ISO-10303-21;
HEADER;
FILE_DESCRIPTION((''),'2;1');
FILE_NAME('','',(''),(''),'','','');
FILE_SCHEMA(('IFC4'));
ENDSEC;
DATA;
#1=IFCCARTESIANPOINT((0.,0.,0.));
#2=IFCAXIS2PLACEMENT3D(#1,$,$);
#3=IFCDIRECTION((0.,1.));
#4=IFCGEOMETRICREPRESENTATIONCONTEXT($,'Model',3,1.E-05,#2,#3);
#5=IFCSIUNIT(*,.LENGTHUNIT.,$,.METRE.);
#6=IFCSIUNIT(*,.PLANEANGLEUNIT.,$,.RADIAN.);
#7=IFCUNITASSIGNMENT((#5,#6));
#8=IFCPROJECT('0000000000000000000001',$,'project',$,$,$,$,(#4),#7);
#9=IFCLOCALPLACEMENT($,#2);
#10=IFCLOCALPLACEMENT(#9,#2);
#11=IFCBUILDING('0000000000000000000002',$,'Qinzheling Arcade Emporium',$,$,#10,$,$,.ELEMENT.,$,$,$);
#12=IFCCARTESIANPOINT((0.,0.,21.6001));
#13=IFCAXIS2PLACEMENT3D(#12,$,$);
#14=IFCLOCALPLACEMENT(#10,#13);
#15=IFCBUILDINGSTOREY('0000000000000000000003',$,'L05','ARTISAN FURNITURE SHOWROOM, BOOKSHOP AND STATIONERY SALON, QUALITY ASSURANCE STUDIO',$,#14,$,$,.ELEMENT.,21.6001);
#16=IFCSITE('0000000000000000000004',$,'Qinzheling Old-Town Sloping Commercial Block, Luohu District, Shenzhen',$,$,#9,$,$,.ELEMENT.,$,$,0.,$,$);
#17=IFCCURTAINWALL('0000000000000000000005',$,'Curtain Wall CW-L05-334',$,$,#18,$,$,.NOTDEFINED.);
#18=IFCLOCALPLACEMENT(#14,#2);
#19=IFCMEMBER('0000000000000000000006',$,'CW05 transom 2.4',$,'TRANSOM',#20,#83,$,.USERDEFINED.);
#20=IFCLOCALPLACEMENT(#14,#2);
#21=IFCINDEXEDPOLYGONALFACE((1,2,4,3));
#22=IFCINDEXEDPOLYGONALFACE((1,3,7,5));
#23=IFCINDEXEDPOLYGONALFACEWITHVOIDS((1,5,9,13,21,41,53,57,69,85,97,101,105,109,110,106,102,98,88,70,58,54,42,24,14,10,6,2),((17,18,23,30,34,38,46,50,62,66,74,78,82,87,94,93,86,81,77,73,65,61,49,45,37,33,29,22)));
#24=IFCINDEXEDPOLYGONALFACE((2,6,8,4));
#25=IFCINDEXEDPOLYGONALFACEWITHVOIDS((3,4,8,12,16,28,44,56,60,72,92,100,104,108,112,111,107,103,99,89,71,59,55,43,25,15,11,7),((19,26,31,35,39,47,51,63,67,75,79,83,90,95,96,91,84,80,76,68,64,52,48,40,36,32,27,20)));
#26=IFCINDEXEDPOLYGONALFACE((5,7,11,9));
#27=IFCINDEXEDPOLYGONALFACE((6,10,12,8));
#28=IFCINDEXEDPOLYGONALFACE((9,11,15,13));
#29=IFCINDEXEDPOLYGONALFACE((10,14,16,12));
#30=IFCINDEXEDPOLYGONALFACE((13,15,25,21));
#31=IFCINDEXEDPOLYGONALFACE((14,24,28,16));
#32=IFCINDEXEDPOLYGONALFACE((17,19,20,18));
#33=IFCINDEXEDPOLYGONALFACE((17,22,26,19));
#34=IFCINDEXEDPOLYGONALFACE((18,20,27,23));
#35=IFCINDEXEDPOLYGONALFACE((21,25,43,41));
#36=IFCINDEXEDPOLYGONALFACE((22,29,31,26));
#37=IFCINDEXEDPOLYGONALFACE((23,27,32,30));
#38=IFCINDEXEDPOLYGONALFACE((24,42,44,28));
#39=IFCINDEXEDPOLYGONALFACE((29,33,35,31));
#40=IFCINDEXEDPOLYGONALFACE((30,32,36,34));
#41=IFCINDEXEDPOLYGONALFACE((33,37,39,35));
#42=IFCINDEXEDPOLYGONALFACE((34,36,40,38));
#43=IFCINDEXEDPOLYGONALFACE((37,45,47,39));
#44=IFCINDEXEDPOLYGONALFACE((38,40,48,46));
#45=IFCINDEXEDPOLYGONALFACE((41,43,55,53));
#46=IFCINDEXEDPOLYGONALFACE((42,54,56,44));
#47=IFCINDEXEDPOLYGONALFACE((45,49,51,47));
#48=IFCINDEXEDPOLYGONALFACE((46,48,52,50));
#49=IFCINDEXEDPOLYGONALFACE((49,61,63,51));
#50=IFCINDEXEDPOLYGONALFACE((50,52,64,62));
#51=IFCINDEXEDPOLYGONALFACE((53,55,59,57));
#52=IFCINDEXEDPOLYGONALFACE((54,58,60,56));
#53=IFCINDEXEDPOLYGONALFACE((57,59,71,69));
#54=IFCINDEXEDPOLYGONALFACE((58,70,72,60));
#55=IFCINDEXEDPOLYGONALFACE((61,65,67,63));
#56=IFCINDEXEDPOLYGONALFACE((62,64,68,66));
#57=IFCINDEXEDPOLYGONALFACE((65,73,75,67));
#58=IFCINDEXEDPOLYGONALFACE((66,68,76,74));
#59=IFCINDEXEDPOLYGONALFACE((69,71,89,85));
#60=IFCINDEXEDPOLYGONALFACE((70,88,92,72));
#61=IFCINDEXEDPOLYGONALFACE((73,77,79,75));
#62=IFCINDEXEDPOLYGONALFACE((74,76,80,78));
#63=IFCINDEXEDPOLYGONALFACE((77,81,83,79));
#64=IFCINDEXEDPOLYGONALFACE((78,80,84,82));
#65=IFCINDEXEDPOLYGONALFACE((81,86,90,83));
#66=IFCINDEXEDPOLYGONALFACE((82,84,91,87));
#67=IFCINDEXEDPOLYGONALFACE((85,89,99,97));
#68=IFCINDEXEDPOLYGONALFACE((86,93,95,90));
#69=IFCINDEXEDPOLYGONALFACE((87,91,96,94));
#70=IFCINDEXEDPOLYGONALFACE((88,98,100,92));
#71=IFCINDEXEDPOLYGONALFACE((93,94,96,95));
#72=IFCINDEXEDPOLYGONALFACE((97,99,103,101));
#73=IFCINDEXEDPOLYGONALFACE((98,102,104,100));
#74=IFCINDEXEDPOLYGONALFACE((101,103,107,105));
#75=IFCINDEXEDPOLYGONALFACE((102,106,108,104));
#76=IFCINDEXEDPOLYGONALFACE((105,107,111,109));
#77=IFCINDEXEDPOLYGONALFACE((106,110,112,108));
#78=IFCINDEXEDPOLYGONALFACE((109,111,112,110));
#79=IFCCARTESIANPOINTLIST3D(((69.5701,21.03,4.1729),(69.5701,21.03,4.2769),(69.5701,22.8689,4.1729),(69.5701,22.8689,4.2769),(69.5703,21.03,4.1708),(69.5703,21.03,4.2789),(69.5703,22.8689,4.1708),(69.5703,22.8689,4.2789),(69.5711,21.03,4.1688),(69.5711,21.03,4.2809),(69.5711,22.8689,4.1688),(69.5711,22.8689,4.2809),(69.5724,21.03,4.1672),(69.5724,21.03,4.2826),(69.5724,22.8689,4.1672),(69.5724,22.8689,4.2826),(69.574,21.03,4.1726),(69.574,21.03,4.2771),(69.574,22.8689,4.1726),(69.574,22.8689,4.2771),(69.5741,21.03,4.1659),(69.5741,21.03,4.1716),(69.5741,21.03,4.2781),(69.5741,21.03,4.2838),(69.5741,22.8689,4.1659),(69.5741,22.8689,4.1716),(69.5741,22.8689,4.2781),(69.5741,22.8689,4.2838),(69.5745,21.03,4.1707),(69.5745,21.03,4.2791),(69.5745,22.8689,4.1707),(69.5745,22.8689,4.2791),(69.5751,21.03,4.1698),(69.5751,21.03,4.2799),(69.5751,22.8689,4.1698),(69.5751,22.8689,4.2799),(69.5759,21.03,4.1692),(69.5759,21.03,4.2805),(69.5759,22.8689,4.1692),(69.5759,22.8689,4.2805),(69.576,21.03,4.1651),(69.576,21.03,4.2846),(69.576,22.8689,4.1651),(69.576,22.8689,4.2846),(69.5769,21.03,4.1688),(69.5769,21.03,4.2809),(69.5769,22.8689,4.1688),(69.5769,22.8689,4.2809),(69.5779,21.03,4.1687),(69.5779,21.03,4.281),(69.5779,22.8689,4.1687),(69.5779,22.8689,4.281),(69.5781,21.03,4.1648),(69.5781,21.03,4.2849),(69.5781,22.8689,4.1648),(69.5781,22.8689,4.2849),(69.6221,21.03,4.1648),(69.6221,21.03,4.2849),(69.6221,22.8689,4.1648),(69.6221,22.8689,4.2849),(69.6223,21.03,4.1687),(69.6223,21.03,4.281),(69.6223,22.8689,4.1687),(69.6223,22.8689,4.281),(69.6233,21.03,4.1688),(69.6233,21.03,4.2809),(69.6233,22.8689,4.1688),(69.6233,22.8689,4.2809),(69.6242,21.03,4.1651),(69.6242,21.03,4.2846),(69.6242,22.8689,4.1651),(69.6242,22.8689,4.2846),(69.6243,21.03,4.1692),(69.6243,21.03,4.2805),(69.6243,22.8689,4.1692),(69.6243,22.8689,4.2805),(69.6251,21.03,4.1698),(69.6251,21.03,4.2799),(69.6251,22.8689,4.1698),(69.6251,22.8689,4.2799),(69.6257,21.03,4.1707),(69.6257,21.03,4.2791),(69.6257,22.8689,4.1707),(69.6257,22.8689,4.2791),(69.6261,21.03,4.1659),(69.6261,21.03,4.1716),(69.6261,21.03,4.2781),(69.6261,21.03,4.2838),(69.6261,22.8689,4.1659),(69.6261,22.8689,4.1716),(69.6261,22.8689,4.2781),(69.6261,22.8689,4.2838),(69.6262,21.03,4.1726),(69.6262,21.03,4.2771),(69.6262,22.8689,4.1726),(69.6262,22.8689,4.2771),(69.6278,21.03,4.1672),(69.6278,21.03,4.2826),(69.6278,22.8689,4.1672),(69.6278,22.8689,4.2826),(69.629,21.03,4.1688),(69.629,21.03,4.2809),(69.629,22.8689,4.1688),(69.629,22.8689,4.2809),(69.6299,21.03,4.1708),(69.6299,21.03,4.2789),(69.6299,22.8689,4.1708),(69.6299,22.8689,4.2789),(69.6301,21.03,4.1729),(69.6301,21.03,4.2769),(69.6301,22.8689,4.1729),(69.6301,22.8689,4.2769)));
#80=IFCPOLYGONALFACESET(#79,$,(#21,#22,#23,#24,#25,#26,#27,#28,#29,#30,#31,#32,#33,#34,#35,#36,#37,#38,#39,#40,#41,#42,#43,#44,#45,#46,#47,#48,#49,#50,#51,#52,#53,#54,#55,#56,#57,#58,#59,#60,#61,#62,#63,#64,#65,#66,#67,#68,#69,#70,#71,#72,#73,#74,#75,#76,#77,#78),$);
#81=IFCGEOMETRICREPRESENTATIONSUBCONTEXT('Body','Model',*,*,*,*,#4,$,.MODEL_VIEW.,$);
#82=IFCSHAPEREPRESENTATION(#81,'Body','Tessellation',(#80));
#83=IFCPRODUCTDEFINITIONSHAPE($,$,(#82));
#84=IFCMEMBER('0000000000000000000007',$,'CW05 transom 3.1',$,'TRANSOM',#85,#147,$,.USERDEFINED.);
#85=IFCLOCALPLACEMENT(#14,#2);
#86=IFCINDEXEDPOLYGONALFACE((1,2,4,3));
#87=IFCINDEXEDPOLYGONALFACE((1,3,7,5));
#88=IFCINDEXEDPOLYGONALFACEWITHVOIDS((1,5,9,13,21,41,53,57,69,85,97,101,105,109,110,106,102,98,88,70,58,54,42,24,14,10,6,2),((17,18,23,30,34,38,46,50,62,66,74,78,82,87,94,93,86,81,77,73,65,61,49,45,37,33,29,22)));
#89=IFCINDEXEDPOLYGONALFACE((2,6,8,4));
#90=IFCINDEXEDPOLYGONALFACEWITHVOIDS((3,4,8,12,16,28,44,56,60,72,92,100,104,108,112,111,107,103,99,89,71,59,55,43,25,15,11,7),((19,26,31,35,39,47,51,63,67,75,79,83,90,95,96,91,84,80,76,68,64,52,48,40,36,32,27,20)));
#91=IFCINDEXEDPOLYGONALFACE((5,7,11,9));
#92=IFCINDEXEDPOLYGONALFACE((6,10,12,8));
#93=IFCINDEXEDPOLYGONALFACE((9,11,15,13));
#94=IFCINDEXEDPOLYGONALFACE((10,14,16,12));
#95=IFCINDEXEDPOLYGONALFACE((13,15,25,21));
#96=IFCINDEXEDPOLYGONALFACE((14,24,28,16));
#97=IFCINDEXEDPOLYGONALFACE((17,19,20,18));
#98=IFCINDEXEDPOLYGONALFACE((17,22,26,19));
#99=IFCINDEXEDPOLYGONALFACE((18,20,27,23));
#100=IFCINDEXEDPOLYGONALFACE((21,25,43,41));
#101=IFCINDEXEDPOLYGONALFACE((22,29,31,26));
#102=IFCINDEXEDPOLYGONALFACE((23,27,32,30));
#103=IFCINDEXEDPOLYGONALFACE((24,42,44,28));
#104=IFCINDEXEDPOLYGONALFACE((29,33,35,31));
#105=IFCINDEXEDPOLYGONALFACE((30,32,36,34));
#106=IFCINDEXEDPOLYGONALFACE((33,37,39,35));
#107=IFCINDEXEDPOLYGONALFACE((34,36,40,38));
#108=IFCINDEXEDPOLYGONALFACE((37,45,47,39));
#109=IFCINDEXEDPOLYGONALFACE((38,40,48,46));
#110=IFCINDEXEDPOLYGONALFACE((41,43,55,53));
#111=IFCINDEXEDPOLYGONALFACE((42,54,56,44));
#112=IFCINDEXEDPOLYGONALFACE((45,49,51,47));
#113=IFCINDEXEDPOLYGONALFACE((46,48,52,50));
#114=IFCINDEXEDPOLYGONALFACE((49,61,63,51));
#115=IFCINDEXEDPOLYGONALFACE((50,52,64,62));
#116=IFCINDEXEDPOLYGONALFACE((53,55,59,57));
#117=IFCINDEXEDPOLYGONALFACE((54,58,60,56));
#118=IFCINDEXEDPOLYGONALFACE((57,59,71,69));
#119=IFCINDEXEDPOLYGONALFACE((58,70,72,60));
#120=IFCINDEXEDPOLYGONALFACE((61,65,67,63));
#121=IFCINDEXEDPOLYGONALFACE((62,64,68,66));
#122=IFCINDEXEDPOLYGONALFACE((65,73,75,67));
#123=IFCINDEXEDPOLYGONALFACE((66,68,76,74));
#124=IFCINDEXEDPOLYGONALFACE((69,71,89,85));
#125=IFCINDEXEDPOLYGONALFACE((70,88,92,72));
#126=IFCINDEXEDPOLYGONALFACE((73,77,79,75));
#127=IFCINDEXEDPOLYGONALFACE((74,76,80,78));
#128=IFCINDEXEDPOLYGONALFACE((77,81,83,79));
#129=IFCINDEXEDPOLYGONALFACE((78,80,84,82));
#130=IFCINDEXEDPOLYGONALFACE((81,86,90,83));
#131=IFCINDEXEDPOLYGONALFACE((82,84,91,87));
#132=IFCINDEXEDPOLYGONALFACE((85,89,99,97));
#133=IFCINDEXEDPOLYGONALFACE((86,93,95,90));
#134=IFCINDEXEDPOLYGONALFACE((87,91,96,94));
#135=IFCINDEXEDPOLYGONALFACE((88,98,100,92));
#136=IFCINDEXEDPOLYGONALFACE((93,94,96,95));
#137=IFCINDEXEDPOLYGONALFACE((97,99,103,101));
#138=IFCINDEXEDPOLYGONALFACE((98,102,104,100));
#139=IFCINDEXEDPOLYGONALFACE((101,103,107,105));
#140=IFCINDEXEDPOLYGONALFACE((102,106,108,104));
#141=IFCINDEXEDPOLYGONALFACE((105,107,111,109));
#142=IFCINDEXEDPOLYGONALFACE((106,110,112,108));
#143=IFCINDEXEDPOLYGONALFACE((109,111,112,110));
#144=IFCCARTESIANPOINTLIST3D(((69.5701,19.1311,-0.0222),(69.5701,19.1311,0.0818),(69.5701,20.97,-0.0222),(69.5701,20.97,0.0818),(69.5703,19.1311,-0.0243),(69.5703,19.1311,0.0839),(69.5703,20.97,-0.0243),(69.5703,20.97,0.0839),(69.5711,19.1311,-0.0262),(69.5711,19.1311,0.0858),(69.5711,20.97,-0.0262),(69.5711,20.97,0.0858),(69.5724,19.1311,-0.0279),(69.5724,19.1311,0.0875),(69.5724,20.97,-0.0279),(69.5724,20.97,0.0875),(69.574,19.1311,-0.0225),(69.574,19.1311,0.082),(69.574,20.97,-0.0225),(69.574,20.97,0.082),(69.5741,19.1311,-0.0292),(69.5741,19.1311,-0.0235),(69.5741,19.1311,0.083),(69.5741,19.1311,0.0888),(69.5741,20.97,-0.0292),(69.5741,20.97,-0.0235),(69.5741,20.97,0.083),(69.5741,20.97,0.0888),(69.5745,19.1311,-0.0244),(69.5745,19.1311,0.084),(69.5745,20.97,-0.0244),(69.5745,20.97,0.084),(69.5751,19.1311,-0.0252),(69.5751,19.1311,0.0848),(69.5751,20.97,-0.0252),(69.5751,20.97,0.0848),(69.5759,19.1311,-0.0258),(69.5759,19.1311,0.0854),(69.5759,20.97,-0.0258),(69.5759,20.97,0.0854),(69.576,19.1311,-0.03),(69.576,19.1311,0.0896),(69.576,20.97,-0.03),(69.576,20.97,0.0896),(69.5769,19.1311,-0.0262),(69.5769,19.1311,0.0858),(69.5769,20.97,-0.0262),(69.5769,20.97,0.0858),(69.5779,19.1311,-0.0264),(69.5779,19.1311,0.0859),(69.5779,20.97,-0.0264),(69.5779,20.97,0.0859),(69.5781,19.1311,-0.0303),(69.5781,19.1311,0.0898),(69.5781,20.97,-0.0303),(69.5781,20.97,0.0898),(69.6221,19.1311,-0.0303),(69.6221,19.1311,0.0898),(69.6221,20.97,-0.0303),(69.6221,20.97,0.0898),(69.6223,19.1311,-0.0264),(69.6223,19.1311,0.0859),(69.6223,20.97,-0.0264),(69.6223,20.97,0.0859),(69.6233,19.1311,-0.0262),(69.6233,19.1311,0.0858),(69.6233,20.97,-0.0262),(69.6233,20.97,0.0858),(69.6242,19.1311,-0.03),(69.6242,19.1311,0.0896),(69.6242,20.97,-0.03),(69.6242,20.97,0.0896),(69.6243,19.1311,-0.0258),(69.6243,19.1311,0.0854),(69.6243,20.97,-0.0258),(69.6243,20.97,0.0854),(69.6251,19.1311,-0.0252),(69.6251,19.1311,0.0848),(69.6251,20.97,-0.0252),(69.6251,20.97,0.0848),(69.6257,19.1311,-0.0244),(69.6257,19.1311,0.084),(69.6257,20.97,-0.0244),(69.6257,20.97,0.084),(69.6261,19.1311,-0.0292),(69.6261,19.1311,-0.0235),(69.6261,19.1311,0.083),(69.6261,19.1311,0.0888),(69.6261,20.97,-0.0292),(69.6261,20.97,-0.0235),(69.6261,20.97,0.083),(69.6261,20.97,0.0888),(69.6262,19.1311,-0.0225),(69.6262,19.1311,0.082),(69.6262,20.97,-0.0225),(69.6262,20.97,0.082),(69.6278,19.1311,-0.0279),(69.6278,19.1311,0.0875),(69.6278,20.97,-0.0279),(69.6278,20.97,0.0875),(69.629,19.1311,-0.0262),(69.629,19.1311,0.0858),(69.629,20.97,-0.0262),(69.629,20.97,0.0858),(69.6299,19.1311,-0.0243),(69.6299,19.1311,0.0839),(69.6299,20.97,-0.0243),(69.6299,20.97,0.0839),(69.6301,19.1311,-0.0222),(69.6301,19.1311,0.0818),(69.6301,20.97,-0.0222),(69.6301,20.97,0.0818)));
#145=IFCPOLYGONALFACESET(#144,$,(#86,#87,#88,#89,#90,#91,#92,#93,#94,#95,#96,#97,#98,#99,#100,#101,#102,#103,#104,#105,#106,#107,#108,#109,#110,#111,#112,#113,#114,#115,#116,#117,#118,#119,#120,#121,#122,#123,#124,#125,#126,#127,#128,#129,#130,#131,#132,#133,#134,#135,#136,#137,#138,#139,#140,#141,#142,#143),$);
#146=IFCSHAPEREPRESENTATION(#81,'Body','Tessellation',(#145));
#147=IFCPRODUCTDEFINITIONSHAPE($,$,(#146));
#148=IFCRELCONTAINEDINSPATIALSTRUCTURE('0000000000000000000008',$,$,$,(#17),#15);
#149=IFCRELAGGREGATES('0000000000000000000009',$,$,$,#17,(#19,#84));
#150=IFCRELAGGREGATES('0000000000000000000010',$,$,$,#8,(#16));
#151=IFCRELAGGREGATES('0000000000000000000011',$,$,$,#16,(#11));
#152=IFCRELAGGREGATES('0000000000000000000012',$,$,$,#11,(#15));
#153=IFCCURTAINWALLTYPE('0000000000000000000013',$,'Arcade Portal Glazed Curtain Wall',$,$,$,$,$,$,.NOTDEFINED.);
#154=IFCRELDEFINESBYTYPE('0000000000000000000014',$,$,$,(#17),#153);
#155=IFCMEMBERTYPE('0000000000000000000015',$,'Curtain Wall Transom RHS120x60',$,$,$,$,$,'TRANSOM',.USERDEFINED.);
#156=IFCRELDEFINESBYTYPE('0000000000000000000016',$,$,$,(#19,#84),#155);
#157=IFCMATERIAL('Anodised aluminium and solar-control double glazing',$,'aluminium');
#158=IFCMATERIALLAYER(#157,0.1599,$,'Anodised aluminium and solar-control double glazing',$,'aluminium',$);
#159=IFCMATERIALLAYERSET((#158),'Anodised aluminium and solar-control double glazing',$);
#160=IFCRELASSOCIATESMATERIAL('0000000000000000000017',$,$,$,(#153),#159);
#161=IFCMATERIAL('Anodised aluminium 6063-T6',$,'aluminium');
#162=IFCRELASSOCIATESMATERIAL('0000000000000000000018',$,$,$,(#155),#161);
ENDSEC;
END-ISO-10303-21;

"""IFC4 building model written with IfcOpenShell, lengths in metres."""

from ifc_helpers import new_model, si_unit, direction, frame, origin, origin_2d, place, context, subcontext, project, spatial, hollow_rectangle, extrude, material, layer, layer_set, material_profile, profile_set, type_object, element, aggregate, save


model = new_model("IFC4")

# Units and contexts
model_context = context("Model", 3, precision=1e-05, world=origin(), true_north=direction((0.0, 1.0)))
body_context = subcontext(model_context, "Body", "Model", "MODEL_VIEW")
ifc_project = project(units=[si_unit("LENGTHUNIT", "METRE"), si_unit("PLANEANGLEUNIT", "RADIAN")], contexts=[model_context])

# Site, building, storey
site_placement = place(None, origin())
site = spatial("IfcSite", under=ifc_project, at=site_placement, Name="Qinzheling Old-Town Sloping Commercial Block, Luohu District, Shenzhen", CompositionType="ELEMENT", RefElevation=0.0)
building_placement = place(site_placement, origin())
building = spatial("IfcBuilding", under=site, at=building_placement, Name="Qinzheling Arcade Emporium", CompositionType="ELEMENT")
storey_placement = place(building_placement, frame((0.0, 0.0, 21.6001)))
storey = spatial("IfcBuildingStorey", under=building, at=storey_placement, Name="L05", Description="ARTISAN FURNITURE SHOWROOM, BOOKSHOP AND STATIONERY SALON, QUALITY ASSURANCE STUDIO", CompositionType="ELEMENT", Elevation=21.6001)

# Curtain wall, members
ifc_material_1 = material(Name="Anodised aluminium and solar-control double glazing", Category="aluminium")
ifc_layer_1 = layer(ifc_material_1, 0.1599, Name="Anodised aluminium and solar-control double glazing", Category="aluminium")
ifc_layer_set_1 = layer_set([ifc_layer_1], Name="Anodised aluminium and solar-control double glazing")
curtain_wall_type = type_object("IfcCurtainWallType", Name="Arcade Portal Glazed Curtain Wall", PredefinedType="NOTDEFINED", material=ifc_layer_set_1)
curtain_wall_placement = place(storey_placement, origin())
curtain_wall = element("IfcCurtainWall", 1, at=curtain_wall_placement, inside=storey, type_object=curtain_wall_type, Name="Curtain Wall CW-L05-334", PredefinedType="NOTDEFINED")
ifc_material_2 = material(Name="Anodised aluminium 6063-T6", Category="aluminium")
ifc_material_profile_1 = material_profile(ifc_material_2, hollow_rectangle(XDim=0.0601, YDim=0.1201, WallThickness=0.0039, InnerFilletRadius=0.0039, OuterFilletRadius=0.0081, at=origin_2d()), Name="RHS 120x60x4", Category="aluminium")
ifc_profile_set_1 = profile_set([ifc_material_profile_1], Name="Anodised aluminium 6063-T6")
member_type_1 = type_object("IfcMemberType", Name="Curtain Wall Transom RHS120x60", ElementType="TRANSOM", PredefinedType="USERDEFINED", material=ifc_profile_set_1)
member_1_placement = place(storey_placement, frame((69.6001, 22.8689, 4.2249), z_axis=(0.0, -1.0, 0.0), x_axis=(1.0, 0.0, 0.0)))
member_1 = element("IfcMember", 2, at=member_1_placement, type_object=member_type_1, Name="CW05 transom 2.4", ObjectType="TRANSOM", PredefinedType="USERDEFINED", context=body_context, shape_type="SweptSolid", body=[
    extrude(hollow_rectangle(XDim=0.0601, YDim=0.1201, WallThickness=0.0039, InnerFilletRadius=0.0039, OuterFilletRadius=0.0081, at=origin_2d()), origin(), (0.0, 0.0, 1.0), 1.8389),
])
member_2_placement = place(storey_placement, frame((69.6001, 20.97, 0.0298), z_axis=(0.0, -1.0, 0.0), x_axis=(1.0, 0.0, 0.0)))
member_2 = element("IfcMember", 3, at=member_2_placement, type_object=member_type_1, Name="CW05 transom 3.1", ObjectType="TRANSOM", PredefinedType="USERDEFINED", context=body_context, shape_type="SweptSolid", body=[
    extrude(hollow_rectangle(XDim=0.0601, YDim=0.1201, WallThickness=0.0039, InnerFilletRadius=0.0039, OuterFilletRadius=0.0081, at=origin_2d()), origin(), (0.0, 0.0, 1.0), 1.8389),
])
aggregate(curtain_wall, [member_1, member_2])

save(model, "model.ifc")
